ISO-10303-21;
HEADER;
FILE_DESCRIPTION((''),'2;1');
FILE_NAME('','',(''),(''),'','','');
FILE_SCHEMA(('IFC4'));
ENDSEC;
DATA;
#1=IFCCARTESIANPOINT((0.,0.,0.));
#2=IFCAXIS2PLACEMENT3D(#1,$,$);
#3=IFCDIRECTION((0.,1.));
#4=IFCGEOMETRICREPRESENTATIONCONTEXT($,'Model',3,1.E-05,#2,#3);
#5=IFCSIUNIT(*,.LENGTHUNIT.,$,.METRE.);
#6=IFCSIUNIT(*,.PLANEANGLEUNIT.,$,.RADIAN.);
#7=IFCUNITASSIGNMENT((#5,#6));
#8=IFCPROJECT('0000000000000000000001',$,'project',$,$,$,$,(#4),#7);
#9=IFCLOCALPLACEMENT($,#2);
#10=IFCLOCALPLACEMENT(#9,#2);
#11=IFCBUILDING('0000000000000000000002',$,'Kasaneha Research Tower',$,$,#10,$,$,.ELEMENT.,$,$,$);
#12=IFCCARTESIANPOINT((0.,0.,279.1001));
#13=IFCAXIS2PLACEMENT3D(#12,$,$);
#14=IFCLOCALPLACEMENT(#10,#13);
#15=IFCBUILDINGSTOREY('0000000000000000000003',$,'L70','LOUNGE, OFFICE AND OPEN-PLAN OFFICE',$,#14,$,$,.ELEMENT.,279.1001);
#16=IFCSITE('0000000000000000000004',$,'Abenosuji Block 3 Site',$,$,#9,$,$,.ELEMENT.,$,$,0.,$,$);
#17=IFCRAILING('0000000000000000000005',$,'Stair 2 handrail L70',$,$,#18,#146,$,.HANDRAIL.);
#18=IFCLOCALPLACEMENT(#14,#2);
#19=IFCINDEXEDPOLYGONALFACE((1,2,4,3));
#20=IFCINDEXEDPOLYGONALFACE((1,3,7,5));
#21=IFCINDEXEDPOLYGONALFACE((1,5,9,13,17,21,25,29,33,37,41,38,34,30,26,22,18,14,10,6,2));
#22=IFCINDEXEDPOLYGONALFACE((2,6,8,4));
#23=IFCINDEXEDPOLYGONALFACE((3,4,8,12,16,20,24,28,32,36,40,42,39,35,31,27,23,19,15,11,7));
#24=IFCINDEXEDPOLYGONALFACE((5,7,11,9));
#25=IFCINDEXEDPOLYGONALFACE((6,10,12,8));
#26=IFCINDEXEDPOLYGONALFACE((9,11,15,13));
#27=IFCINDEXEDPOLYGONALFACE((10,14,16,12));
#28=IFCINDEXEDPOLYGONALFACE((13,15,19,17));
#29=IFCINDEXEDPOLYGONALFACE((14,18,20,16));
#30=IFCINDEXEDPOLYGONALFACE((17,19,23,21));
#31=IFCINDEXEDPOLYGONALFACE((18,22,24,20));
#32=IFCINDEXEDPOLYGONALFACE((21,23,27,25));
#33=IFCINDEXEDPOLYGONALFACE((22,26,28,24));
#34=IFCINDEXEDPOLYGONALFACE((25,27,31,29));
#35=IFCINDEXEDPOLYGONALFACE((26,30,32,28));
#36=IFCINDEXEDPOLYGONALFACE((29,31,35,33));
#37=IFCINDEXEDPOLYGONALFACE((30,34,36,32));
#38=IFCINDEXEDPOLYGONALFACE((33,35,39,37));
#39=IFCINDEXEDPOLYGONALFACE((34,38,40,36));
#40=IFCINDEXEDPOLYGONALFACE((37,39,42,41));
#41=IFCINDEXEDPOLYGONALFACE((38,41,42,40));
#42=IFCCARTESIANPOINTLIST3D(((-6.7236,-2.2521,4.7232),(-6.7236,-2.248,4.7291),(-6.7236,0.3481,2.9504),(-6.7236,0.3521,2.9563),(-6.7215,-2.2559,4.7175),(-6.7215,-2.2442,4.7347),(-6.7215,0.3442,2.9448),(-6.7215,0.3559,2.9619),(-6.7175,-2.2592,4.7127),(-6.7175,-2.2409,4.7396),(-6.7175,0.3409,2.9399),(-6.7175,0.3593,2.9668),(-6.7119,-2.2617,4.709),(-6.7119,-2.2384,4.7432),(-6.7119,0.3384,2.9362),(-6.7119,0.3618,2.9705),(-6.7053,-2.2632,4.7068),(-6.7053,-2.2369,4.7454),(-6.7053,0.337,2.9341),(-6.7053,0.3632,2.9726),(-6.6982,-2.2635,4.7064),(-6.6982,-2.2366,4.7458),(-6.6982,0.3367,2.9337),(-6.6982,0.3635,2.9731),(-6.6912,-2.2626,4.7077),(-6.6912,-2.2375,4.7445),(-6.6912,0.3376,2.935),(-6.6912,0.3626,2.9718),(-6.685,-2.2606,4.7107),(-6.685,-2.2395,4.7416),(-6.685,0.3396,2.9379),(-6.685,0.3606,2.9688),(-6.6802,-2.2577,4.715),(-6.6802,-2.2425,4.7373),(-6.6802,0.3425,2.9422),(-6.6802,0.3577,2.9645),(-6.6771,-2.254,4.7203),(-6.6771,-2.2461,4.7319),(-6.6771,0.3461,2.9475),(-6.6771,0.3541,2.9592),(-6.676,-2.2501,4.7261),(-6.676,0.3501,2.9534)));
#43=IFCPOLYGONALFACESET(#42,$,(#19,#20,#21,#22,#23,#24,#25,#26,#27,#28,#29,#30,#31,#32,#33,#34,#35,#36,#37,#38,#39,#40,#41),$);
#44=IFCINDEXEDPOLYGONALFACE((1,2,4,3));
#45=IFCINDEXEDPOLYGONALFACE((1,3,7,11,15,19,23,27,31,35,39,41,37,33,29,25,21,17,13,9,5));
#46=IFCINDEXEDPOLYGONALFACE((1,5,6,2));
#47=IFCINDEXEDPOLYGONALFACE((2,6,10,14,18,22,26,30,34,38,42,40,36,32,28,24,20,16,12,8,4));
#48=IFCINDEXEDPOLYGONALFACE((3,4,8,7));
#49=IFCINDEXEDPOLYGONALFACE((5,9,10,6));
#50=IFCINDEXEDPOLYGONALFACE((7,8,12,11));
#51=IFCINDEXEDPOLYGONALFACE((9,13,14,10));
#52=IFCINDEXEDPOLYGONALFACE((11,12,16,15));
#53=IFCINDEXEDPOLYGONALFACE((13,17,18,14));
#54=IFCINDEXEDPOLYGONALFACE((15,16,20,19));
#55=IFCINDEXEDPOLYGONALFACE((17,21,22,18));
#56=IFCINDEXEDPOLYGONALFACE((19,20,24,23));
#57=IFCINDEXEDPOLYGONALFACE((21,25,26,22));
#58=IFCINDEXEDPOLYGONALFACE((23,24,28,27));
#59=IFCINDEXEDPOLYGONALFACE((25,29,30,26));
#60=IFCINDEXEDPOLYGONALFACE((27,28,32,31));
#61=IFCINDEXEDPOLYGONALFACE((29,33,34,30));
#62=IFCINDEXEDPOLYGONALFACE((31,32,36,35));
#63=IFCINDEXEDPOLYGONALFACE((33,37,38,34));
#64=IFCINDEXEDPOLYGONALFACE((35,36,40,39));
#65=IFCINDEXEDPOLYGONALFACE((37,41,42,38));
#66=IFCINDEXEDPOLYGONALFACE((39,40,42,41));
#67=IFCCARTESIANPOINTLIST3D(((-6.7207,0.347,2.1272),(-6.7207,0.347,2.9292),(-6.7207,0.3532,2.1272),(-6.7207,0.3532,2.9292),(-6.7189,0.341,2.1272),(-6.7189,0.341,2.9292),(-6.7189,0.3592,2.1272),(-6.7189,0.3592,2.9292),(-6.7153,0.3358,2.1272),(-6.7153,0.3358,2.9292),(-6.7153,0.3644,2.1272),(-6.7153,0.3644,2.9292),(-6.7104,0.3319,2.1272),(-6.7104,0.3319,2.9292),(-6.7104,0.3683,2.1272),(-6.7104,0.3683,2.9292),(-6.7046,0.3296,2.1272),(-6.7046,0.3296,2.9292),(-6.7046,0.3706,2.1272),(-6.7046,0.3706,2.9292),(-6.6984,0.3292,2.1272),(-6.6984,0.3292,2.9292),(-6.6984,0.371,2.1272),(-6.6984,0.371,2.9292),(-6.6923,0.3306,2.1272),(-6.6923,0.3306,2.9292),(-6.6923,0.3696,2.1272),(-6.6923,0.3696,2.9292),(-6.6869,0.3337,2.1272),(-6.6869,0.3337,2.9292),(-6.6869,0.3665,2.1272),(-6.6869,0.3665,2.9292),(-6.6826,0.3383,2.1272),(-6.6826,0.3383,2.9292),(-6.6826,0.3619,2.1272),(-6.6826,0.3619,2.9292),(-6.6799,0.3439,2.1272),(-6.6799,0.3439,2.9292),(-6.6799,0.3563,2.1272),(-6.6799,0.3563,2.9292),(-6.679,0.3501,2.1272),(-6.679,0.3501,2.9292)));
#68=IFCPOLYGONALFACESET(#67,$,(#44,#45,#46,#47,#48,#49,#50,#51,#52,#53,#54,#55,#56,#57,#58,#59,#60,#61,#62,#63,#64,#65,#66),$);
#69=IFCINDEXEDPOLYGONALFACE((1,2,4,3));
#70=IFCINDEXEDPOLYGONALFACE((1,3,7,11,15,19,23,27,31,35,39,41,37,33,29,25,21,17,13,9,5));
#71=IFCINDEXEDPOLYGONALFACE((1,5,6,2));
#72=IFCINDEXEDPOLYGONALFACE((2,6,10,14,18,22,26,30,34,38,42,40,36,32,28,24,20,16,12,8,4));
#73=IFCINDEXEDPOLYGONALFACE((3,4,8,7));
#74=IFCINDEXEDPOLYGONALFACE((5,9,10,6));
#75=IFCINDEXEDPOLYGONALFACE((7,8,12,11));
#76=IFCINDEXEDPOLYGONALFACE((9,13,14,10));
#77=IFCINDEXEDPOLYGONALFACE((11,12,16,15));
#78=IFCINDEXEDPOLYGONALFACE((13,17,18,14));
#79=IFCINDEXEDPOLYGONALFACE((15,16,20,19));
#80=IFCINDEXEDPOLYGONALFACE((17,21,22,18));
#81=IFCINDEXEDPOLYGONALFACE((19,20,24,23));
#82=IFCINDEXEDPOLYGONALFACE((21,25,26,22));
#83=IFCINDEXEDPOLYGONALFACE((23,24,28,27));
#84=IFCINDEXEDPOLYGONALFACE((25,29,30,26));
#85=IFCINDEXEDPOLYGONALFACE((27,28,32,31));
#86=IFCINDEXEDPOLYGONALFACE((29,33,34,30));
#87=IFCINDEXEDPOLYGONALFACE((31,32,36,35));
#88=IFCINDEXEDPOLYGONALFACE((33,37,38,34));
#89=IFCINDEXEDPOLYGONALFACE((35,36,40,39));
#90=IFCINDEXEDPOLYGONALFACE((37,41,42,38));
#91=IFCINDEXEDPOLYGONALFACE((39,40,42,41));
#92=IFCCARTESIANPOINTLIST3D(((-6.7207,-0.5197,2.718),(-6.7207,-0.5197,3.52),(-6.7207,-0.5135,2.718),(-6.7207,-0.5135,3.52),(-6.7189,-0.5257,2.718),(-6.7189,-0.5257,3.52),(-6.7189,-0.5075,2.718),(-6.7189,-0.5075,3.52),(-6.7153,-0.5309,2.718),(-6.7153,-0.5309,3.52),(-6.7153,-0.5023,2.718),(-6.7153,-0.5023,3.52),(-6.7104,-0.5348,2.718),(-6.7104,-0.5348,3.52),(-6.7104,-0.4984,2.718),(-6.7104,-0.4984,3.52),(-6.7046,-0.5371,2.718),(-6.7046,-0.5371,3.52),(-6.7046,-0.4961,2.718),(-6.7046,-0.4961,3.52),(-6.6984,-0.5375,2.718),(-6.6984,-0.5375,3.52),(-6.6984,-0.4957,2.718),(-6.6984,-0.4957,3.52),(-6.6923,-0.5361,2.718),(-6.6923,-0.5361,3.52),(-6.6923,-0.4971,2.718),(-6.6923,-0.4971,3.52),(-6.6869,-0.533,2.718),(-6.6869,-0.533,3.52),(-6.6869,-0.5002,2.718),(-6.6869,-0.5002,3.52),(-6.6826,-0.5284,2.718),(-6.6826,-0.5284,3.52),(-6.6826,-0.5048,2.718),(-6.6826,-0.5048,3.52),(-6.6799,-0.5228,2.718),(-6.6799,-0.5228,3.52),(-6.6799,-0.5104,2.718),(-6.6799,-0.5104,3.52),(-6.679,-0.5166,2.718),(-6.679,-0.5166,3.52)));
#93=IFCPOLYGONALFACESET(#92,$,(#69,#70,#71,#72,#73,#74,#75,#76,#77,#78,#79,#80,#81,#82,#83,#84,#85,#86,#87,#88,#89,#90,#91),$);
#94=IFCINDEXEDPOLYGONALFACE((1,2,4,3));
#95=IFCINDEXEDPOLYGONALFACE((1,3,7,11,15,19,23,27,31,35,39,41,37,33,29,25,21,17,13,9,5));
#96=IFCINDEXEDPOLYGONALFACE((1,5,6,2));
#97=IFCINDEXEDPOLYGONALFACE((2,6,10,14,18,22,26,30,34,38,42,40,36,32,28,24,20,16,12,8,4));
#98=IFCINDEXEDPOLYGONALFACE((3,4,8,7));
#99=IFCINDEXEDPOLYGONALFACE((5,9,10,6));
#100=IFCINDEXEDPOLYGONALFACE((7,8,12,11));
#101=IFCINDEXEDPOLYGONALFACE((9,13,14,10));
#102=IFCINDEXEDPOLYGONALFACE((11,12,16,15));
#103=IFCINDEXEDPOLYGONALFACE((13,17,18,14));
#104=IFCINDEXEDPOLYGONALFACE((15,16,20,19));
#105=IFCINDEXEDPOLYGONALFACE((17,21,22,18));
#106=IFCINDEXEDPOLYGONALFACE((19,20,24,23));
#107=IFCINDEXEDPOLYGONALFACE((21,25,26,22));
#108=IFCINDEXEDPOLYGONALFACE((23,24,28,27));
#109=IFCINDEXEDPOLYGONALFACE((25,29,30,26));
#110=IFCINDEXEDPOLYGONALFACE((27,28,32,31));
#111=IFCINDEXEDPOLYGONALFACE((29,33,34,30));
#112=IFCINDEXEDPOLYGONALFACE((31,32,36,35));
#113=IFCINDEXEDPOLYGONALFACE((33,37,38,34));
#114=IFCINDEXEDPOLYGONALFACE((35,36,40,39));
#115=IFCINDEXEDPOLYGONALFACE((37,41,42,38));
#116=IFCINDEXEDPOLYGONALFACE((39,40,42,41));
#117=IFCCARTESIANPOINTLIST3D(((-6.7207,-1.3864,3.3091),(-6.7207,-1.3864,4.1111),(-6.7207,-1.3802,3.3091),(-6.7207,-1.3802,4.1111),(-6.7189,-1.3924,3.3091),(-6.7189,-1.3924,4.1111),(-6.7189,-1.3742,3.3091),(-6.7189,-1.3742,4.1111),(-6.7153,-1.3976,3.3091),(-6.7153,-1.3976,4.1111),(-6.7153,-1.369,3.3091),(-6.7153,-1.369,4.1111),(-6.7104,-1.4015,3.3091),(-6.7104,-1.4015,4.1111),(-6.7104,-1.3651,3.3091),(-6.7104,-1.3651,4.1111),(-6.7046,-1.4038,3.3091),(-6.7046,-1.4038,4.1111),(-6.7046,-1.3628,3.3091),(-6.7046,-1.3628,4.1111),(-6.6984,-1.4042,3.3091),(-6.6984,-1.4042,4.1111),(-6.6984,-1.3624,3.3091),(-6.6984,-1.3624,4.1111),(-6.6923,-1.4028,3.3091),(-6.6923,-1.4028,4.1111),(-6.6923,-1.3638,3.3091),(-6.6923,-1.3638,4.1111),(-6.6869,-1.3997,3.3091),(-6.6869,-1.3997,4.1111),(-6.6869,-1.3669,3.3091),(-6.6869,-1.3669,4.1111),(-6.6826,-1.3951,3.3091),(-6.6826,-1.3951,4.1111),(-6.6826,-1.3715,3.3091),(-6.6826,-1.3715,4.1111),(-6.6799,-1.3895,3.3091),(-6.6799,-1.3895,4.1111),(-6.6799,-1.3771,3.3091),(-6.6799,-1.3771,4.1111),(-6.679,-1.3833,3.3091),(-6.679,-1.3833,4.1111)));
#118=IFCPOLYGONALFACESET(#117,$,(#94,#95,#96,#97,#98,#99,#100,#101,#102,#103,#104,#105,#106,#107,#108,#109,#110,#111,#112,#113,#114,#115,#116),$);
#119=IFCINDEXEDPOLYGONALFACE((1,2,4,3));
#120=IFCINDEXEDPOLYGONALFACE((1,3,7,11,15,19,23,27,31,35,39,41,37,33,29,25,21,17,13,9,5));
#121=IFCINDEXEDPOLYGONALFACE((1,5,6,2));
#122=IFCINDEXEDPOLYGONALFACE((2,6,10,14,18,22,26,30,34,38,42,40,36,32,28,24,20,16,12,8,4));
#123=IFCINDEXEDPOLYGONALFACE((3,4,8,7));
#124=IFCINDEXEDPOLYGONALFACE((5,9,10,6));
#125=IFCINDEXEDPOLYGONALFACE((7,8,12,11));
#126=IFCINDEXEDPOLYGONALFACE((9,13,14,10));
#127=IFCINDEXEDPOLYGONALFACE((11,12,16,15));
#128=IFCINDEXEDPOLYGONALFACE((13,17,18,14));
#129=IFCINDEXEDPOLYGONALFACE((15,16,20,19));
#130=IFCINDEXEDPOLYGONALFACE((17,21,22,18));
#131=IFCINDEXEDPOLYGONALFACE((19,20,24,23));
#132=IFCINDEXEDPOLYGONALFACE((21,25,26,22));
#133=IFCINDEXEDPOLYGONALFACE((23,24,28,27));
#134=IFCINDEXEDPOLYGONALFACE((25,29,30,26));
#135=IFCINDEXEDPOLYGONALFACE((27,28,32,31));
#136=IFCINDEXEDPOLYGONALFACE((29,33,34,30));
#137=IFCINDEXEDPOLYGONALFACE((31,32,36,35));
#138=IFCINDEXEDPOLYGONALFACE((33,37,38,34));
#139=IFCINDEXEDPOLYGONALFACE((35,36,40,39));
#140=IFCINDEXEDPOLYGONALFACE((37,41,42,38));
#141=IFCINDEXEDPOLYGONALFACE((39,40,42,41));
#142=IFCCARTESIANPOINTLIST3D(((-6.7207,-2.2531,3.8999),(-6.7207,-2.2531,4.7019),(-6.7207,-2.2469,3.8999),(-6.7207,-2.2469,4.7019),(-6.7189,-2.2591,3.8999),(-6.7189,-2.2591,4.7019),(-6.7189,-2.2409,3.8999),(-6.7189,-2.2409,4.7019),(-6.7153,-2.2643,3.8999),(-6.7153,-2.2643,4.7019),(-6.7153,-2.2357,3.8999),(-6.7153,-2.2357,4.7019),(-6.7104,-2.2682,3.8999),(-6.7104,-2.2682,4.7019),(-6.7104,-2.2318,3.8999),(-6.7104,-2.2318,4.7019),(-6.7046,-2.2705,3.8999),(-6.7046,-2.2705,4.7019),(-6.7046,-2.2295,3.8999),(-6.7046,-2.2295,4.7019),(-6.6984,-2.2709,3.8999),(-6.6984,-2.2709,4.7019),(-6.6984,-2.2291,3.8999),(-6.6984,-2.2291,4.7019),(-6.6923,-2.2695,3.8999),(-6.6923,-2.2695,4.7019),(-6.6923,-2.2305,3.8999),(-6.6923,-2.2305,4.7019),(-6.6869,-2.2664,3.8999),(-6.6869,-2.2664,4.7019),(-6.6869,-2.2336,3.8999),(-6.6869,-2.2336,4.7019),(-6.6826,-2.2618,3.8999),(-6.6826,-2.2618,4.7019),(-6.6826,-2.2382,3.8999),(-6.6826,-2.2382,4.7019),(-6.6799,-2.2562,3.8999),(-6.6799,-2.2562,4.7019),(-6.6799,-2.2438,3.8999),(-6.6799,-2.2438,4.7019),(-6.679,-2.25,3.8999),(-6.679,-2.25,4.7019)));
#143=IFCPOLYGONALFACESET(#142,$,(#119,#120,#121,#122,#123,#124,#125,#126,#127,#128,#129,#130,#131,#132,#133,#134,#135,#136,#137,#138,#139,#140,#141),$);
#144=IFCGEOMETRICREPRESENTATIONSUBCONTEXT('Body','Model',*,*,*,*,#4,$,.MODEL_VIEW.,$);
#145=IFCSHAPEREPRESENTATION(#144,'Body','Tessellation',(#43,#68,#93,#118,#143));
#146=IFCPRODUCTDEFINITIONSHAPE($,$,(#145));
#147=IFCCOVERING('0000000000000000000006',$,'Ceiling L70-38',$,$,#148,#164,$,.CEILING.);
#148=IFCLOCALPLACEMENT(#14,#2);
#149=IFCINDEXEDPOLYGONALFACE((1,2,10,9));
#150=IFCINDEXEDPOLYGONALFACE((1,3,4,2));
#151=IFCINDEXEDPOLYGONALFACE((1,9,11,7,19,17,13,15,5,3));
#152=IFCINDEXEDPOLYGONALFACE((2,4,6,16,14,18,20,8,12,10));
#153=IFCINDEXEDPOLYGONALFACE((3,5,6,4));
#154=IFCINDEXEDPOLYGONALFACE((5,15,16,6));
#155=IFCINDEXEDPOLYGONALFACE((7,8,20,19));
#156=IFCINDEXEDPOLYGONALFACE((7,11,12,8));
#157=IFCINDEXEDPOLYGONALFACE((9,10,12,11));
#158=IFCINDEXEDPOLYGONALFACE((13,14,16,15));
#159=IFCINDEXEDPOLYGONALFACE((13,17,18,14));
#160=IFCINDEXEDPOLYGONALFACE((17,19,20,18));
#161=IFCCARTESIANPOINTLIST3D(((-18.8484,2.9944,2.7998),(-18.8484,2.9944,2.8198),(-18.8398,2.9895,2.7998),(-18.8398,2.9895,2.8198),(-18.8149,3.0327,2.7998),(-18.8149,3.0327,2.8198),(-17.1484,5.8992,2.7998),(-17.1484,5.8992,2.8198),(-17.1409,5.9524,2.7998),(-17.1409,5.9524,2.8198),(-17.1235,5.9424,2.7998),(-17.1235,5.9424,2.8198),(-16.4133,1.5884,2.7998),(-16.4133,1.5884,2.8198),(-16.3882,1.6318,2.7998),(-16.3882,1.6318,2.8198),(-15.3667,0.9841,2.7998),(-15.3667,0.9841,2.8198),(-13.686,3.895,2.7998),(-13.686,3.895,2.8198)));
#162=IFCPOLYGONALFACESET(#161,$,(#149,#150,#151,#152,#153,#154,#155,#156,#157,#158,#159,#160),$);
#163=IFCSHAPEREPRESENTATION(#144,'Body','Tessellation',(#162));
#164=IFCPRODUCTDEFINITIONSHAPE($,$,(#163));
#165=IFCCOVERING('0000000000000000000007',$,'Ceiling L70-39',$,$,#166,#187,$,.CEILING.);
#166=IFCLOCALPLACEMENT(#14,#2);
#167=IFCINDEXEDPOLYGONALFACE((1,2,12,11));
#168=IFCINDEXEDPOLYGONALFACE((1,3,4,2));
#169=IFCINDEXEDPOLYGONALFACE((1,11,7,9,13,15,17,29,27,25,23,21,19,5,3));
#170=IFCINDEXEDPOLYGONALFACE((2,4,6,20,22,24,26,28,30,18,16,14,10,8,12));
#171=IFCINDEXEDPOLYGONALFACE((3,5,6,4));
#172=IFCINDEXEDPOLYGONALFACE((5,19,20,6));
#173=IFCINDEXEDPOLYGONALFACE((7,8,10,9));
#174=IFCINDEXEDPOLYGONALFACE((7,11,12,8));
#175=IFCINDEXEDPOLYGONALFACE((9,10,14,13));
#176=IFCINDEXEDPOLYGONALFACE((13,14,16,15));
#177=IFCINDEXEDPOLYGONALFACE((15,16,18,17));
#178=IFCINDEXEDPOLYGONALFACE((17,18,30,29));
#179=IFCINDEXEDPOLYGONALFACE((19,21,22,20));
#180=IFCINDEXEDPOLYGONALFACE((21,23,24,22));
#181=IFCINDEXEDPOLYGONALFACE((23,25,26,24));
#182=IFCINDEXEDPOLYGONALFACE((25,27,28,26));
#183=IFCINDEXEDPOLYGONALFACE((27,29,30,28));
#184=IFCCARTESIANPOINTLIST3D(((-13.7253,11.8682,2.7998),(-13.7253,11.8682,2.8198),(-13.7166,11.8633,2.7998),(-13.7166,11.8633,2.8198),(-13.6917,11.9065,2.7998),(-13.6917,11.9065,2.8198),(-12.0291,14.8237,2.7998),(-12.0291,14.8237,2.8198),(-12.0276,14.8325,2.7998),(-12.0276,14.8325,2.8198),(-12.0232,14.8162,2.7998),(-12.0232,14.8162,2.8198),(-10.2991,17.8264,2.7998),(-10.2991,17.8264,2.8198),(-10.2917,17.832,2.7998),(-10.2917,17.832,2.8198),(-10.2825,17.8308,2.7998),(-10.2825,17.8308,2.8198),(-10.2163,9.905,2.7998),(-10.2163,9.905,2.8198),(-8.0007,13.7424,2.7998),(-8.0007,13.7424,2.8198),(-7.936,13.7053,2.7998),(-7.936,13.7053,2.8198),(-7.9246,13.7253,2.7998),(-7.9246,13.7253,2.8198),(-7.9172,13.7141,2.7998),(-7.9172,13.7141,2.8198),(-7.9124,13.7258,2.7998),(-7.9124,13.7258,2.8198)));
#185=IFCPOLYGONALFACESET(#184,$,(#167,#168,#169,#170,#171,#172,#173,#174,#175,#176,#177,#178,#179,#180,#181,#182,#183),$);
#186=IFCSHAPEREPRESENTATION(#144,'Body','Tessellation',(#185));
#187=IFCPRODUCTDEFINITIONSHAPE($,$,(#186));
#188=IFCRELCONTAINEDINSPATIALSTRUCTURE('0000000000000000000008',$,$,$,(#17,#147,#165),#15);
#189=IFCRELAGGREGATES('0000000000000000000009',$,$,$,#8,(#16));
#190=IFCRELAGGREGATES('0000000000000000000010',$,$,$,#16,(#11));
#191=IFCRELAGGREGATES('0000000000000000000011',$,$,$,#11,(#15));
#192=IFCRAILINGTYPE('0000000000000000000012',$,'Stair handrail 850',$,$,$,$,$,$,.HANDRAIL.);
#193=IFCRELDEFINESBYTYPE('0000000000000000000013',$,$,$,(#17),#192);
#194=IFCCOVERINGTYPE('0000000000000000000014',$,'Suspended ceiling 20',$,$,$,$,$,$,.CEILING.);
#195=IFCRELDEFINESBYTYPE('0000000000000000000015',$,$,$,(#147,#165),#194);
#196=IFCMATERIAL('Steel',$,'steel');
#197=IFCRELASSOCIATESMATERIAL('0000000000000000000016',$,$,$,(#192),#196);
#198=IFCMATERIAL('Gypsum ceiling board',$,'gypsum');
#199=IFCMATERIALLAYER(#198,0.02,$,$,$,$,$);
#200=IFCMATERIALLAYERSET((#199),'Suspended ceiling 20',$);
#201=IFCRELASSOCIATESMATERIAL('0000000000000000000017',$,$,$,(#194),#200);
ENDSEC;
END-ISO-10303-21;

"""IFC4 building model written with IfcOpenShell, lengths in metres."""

from ifc_helpers import new_model, si_unit, direction, frame, origin, origin_2d, place, context, subcontext, project, spatial, polyline, circle, outline, extrude, material, layer, layer_set, type_object, element, save


model = new_model("IFC4")

# Units and contexts
model_context = context("Model", 3, precision=1e-05, world=origin(), true_north=direction((0.0, 1.0)))
body_context = subcontext(model_context, "Body", "Model", "MODEL_VIEW")
ifc_project = project(units=[si_unit("LENGTHUNIT", "METRE"), si_unit("PLANEANGLEUNIT", "RADIAN")], contexts=[model_context])

# Site, building, storey
site_placement = place(None, origin())
site = spatial("IfcSite", under=ifc_project, at=site_placement, Name="Abenosuji Block 3 Site", CompositionType="ELEMENT", RefElevation=0.0)
building_placement = place(site_placement, origin())
building = spatial("IfcBuilding", under=site, at=building_placement, Name="Kasaneha Research Tower", CompositionType="ELEMENT")
storey_placement = place(building_placement, frame((0.0, 0.0, 279.1001)))
storey = spatial("IfcBuildingStorey", under=building, at=storey_placement, Name="L70", Description="LOUNGE, OFFICE AND OPEN-PLAN OFFICE", CompositionType="ELEMENT", Elevation=279.1001)

# Railing
ifc_material_1 = material(Name="Steel", Category="steel")
railing_type = type_object("IfcRailingType", Name="Stair handrail 850", PredefinedType="HANDRAIL", material=ifc_material_1)
railing_placement = place(storey_placement, frame((-6.7, 0.3501, 2.1272)))
element("IfcRailing", 1, at=railing_placement, inside=storey, type_object=railing_type, Name="Stair 2 handrail L70", PredefinedType="HANDRAIL", context=body_context, shape_type="SweptSolid", body=[
    extrude(circle(Radius=0.0239, at=origin_2d()), frame((0.0, 0.0, 0.8262), z_axis=(0.0, -0.82624, 0.563318), x_axis=(1.0, 0.0, 0.0)), (0.0, 0.0, 1.0), 3.147),
    extrude(circle(Radius=0.021, at=origin_2d()), origin(), (0.0, 0.0, 1.0), 0.802),
    extrude(circle(Radius=0.021, at=origin_2d()), frame((0.0, -0.8667, 0.5908)), (0.0, 0.0, 1.0), 0.802),
    extrude(circle(Radius=0.021, at=origin_2d()), frame((0.0, -1.7334, 1.1819)), (0.0, 0.0, 1.0), 0.802),
    extrude(circle(Radius=0.021, at=origin_2d()), frame((0.0, -2.6001, 1.7727)), (0.0, 0.0, 1.0), 0.802),
])

# Coverings
ifc_material_2 = material(Name="Gypsum ceiling board", Category="gypsum")
ifc_layer_1 = layer(ifc_material_2, 0.02)
ifc_layer_set_1 = layer_set([ifc_layer_1], Name="Suspended ceiling 20")
covering_type_1 = type_object("IfcCoveringType", Name="Suspended ceiling 20", PredefinedType="CEILING", material=ifc_layer_set_1)
covering_1_placement = place(storey_placement, frame((0.0, 0.0, 2.7998)))
element("IfcCovering", 2, at=covering_1_placement, inside=storey, type_object=covering_type_1, Name="Ceiling L70-38", PredefinedType="CEILING", context=body_context, shape_type="SweptSolid", body=[
    extrude(outline(polyline([(-17.1235, 5.9424), (-17.1484, 5.8992), (-13.686, 3.895), (-15.3667, 0.9841), (-16.4133, 1.5884), (-16.3882, 1.6318), (-18.8149, 3.0327), (-18.8398, 2.9895), (-18.8484, 2.9944), (-17.1409, 5.9524), (-17.1235, 5.9424)])), origin(), (0.0, 0.0, 1.0), 0.02),
])
covering_2_placement = place(storey_placement, frame((0.0, 0.0, 2.7998)))
element("IfcCovering", 3, at=covering_2_placement, inside=storey, type_object=covering_type_1, Name="Ceiling L70-39", PredefinedType="CEILING", context=body_context, shape_type="SweptSolid", body=[
    extrude(outline(polyline([(-12.0276, 14.8325), (-10.2991, 17.8264), (-10.2917, 17.832), (-10.2825, 17.8308), (-7.9124, 13.7258), (-7.9172, 13.7141), (-7.9246, 13.7253), (-7.936, 13.7053), (-8.0007, 13.7424), (-10.2163, 9.905), (-13.6917, 11.9065), (-13.7166, 11.8633), (-13.7253, 11.8682), (-12.0232, 14.8162), (-12.0291, 14.8237), (-12.0276, 14.8325)])), origin(), (0.0, 0.0, 1.0), 0.02),
])

save(model, "model.ifc")
